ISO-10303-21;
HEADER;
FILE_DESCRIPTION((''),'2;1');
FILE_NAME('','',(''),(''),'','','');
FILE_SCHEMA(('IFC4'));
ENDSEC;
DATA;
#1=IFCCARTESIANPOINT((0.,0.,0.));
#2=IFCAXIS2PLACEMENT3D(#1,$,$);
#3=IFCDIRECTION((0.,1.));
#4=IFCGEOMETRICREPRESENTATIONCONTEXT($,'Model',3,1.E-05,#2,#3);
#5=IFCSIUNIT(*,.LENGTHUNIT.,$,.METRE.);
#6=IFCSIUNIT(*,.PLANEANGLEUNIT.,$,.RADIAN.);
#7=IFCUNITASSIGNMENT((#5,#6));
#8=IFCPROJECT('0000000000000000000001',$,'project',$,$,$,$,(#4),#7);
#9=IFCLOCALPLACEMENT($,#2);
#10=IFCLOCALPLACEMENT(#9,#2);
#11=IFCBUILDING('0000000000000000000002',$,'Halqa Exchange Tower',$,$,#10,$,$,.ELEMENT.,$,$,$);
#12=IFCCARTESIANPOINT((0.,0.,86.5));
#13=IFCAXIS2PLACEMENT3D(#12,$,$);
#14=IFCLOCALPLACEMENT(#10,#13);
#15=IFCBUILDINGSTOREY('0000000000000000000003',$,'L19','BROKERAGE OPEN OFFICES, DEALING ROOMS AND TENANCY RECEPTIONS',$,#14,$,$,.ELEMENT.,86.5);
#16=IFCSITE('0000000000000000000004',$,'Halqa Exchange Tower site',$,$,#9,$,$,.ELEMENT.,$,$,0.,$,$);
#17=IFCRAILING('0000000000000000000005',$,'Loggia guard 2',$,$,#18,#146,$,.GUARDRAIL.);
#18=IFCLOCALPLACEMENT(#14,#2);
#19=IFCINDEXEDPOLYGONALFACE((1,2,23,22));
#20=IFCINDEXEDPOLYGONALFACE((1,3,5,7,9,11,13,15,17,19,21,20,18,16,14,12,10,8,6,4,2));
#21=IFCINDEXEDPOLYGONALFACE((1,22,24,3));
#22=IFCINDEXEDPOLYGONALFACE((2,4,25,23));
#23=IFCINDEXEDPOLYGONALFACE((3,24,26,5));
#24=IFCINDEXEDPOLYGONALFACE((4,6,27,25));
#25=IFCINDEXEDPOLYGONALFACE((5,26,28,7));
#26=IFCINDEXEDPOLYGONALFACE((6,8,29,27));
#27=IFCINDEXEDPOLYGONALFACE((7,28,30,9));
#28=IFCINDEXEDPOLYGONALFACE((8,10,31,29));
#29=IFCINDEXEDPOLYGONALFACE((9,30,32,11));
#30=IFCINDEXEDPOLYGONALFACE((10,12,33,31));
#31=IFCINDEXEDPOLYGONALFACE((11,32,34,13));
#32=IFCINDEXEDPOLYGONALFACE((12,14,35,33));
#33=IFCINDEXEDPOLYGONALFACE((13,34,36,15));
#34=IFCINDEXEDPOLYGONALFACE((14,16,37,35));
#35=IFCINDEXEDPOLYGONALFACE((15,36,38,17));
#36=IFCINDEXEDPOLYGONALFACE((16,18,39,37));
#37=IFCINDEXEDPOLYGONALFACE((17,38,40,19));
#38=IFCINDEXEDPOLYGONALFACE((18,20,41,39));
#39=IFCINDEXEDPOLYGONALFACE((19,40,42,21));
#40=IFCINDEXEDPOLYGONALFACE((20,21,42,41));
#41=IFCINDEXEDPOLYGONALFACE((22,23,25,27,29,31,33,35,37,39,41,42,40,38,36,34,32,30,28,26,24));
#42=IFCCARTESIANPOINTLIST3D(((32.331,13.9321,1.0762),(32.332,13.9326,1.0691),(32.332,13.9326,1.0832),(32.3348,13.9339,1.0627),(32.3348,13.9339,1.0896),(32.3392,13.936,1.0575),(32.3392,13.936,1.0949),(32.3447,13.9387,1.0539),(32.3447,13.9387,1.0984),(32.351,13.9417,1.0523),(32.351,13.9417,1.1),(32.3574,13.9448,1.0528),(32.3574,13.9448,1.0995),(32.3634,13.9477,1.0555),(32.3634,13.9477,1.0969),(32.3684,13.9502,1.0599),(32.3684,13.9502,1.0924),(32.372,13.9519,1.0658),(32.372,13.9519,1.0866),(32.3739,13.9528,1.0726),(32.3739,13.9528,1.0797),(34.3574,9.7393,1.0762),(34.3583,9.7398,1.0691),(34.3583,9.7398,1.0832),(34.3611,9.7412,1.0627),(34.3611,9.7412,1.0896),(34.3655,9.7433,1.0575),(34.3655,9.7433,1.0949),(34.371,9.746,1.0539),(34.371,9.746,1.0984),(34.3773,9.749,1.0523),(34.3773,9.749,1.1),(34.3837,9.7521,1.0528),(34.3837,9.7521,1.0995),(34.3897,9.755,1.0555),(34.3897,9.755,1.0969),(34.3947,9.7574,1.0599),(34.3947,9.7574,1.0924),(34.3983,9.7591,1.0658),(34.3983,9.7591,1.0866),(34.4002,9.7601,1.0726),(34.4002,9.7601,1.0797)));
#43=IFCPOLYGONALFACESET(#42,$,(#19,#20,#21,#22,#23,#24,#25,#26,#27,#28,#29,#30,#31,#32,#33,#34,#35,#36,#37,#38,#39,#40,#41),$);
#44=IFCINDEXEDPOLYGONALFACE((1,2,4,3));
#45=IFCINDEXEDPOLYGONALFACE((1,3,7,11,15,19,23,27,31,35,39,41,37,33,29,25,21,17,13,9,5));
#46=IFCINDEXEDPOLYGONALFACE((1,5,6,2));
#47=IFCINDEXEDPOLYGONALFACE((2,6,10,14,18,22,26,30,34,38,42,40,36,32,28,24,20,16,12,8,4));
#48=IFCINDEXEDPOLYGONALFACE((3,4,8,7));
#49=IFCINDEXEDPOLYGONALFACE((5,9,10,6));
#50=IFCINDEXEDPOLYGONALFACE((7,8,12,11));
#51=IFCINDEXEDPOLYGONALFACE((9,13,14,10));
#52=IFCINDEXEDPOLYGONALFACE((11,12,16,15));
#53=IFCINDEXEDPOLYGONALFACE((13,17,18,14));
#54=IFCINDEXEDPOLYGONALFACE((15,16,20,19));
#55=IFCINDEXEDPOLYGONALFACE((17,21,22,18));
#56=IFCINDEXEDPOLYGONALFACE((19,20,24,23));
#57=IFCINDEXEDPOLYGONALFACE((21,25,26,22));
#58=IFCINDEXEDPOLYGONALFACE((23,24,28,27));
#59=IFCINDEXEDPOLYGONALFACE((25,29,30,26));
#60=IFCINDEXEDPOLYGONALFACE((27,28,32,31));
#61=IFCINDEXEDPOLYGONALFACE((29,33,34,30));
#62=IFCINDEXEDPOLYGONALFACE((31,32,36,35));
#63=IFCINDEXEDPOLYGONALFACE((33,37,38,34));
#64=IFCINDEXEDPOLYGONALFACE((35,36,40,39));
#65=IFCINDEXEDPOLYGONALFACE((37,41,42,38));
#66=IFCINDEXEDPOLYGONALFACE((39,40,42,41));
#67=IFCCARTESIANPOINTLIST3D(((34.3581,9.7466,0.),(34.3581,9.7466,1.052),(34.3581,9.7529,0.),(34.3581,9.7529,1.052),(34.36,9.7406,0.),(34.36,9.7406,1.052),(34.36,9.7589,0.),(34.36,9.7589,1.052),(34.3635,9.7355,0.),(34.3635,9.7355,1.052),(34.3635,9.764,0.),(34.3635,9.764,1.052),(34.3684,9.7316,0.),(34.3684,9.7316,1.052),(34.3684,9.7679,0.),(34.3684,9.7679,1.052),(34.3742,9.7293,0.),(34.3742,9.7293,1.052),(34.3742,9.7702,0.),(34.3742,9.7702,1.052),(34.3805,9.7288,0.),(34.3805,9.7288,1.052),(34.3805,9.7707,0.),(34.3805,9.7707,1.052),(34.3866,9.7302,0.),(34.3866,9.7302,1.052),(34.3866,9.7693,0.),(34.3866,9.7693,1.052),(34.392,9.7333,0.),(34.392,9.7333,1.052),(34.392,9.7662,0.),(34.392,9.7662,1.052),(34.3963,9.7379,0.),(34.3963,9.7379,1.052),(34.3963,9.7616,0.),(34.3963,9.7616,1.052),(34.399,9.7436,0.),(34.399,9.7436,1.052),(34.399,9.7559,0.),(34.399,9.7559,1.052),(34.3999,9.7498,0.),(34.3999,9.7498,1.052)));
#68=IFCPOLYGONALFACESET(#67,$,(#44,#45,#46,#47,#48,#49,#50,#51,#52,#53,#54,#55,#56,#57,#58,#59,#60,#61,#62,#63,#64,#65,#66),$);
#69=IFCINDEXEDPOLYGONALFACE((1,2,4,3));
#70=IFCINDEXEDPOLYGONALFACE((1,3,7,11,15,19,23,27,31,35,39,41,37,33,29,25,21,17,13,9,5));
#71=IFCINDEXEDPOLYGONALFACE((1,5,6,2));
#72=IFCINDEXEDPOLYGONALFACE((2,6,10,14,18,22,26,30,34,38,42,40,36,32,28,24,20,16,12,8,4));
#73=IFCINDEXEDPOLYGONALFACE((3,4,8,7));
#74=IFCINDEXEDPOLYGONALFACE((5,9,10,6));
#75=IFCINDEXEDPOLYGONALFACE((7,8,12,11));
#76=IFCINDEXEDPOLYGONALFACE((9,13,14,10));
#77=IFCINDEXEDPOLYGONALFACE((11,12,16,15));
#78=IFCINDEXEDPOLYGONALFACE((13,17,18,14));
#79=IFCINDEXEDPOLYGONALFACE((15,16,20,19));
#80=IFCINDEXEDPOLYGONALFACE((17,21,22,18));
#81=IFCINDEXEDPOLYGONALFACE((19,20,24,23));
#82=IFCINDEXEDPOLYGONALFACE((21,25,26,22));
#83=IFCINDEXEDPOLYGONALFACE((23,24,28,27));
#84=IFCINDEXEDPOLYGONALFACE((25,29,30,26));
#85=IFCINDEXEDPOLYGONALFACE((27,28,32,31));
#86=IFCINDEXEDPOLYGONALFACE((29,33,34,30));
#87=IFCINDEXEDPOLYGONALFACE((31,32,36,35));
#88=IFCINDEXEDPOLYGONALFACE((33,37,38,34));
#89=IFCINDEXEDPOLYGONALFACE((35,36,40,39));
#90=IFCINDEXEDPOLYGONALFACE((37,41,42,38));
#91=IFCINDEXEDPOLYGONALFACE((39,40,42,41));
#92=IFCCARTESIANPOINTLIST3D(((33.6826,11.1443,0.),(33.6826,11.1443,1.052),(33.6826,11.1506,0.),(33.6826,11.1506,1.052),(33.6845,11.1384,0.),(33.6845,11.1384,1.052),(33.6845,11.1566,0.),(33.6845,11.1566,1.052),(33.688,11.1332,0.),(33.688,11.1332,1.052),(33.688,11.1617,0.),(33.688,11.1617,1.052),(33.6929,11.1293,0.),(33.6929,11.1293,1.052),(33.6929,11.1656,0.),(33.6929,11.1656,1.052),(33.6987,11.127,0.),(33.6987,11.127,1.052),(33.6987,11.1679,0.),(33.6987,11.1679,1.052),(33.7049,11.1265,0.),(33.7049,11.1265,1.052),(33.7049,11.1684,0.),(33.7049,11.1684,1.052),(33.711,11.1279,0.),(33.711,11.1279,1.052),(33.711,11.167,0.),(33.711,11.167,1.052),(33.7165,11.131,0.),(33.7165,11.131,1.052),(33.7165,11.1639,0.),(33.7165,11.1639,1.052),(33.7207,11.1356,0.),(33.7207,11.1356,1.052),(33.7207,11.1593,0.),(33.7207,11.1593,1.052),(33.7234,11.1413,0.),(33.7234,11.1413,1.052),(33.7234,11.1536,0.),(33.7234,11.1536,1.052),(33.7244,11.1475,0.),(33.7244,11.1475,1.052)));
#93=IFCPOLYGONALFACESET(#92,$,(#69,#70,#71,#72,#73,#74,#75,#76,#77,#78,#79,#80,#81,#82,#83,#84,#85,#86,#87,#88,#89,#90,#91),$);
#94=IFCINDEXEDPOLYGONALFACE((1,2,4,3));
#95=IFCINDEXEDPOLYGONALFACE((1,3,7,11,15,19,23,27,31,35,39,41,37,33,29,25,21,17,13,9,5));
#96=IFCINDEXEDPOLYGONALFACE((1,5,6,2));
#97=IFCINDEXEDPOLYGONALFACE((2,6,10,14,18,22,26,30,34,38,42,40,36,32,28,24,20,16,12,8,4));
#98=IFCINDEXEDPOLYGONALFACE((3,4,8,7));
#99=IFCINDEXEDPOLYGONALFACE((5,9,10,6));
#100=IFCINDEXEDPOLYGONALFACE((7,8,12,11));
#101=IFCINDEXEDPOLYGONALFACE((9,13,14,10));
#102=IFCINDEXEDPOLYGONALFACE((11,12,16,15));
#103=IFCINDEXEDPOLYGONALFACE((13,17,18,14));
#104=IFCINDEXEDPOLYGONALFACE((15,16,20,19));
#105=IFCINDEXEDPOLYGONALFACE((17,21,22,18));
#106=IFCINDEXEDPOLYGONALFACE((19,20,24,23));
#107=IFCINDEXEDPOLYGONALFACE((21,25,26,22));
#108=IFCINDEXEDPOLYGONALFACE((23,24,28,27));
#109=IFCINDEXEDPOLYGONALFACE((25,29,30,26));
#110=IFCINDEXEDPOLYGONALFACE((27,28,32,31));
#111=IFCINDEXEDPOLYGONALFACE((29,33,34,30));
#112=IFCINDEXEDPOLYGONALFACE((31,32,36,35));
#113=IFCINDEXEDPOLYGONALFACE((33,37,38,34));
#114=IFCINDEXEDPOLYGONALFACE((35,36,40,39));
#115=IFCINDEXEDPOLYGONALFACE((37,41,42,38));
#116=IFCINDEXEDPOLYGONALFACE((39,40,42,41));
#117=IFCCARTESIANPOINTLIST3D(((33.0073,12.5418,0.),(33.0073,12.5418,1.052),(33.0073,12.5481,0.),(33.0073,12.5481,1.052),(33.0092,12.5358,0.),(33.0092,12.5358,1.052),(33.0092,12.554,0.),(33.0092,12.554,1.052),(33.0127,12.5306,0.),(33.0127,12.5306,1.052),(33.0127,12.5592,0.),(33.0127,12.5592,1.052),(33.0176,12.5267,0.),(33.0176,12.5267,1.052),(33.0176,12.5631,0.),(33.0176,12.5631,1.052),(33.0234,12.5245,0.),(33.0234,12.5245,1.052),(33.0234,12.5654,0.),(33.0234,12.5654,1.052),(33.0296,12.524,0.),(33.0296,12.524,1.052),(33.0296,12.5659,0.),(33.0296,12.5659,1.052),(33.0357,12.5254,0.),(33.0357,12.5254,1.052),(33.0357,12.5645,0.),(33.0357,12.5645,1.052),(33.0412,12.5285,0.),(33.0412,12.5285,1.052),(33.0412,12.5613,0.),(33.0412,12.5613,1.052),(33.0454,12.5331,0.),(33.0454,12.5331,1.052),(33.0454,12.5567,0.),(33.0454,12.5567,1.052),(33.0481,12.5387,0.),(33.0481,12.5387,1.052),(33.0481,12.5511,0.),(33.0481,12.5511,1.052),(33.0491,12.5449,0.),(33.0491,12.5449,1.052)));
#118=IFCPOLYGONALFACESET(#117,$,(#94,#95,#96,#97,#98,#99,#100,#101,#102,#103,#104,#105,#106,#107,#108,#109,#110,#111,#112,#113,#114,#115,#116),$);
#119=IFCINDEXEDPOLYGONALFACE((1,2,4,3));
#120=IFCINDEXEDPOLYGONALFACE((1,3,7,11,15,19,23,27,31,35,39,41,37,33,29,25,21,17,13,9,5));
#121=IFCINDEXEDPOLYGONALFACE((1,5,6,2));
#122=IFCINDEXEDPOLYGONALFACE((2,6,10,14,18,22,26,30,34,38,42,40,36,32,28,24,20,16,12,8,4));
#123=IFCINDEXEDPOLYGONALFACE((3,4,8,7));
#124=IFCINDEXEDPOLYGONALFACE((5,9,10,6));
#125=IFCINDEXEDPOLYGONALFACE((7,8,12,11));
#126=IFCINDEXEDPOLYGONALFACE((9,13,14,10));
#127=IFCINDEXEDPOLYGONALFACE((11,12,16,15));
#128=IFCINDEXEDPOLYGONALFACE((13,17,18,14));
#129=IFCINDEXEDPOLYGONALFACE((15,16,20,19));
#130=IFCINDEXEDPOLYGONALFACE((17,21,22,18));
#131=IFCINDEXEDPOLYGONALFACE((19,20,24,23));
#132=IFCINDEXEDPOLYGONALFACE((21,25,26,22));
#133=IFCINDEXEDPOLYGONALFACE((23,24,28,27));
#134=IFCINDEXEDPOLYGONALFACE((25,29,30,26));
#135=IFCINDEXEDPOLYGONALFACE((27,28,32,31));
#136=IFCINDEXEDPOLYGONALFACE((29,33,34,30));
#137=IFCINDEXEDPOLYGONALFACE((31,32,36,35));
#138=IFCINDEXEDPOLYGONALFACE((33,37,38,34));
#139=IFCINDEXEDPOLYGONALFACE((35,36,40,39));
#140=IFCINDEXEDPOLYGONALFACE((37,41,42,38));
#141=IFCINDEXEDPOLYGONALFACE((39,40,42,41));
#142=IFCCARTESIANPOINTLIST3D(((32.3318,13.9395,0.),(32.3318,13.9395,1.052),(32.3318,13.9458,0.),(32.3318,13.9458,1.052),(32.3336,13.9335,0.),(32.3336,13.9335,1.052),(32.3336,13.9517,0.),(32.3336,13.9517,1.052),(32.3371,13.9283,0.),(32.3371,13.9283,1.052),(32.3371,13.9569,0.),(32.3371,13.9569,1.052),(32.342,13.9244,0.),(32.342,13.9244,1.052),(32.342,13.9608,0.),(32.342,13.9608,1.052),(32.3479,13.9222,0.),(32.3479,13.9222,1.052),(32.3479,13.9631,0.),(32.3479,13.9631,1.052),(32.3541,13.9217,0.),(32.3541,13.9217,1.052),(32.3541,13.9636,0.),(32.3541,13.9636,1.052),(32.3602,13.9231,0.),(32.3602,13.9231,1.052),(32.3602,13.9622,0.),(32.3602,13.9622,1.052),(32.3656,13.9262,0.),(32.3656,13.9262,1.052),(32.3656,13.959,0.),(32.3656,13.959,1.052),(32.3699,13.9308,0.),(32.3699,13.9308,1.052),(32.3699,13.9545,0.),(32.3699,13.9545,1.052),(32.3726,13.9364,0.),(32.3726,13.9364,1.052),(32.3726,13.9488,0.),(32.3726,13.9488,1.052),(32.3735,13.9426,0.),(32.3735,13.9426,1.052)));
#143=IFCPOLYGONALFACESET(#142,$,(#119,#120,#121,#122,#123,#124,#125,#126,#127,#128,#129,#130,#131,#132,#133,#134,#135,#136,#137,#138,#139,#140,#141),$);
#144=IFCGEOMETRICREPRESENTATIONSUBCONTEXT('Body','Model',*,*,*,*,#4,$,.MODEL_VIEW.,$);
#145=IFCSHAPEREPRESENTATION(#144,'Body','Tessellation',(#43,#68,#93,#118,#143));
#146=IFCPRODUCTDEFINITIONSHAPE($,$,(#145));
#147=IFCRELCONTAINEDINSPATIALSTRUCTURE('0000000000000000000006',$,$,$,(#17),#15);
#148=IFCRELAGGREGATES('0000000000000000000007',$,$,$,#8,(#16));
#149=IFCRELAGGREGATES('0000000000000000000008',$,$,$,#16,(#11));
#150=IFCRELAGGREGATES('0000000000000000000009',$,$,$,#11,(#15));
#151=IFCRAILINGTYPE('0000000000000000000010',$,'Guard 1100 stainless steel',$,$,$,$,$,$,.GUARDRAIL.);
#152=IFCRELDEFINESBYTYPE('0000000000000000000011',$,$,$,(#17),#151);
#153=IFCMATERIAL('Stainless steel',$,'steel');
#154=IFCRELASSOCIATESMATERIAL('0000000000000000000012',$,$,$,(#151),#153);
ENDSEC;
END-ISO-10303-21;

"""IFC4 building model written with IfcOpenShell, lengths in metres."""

from ifc_helpers import new_model, si_unit, direction, frame, origin, origin_2d, place, context, subcontext, project, spatial, circle, extrude, material, type_object, element, save


model = new_model("IFC4")

# Units and contexts
model_context = context("Model", 3, precision=1e-05, world=origin(), true_north=direction((0.0, 1.0)))
body_context = subcontext(model_context, "Body", "Model", "MODEL_VIEW")
ifc_project = project(units=[si_unit("LENGTHUNIT", "METRE"), si_unit("PLANEANGLEUNIT", "RADIAN")], contexts=[model_context])

# Site, building, storey
site_placement = place(None, origin())
site = spatial("IfcSite", under=ifc_project, at=site_placement, Name="Halqa Exchange Tower site", CompositionType="ELEMENT", RefElevation=0.0)
building_placement = place(site_placement, origin())
building = spatial("IfcBuilding", under=site, at=building_placement, Name="Halqa Exchange Tower", CompositionType="ELEMENT")
storey_placement = place(building_placement, frame((0.0, 0.0, 86.5)))
storey = spatial("IfcBuildingStorey", under=building, at=storey_placement, Name="L19", Description="BROKERAGE OPEN OFFICES, DEALING ROOMS AND TENANCY RECEPTIONS", CompositionType="ELEMENT", Elevation=86.5)

# Railing
ifc_material_1 = material(Name="Stainless steel", Category="steel")
railing_type = type_object("IfcRailingType", Name="Guard 1100 stainless steel", PredefinedType="GUARDRAIL", material=ifc_material_1)
railing_1_placement = place(storey_placement, frame((34.3789, 9.7498, 0.0)))
element("IfcRailing", 1, at=railing_1_placement, inside=storey, type_object=railing_type, Name="Loggia guard 2", PredefinedType="GUARDRAIL", context=body_context, shape_type="SweptSolid", body=[
    extrude(circle(Radius=0.0239, at=origin_2d()), frame((0.0, 0.0, 1.0762), z_axis=(-0.435136, 0.900365, 0.0), x_axis=(-0.900365, -0.435136, 0.0)), (0.0, 0.0, 1.0), 4.6567),
    extrude(circle(Radius=0.021, at=origin_2d()), origin(), (0.0, 0.0, 1.0), 1.052),
    extrude(circle(Radius=0.021, at=origin_2d()), frame((-0.6755, 1.3977, 0.0)), (0.0, 0.0, 1.0), 1.052),
    extrude(circle(Radius=0.021, at=origin_2d()), frame((-1.3508, 2.7952, 0.0)), (0.0, 0.0, 1.0), 1.052),
    extrude(circle(Radius=0.021, at=origin_2d()), frame((-2.0264, 4.1929, 0.0)), (0.0, 0.0, 1.0), 1.052),
])

save(model, "model.ifc")
